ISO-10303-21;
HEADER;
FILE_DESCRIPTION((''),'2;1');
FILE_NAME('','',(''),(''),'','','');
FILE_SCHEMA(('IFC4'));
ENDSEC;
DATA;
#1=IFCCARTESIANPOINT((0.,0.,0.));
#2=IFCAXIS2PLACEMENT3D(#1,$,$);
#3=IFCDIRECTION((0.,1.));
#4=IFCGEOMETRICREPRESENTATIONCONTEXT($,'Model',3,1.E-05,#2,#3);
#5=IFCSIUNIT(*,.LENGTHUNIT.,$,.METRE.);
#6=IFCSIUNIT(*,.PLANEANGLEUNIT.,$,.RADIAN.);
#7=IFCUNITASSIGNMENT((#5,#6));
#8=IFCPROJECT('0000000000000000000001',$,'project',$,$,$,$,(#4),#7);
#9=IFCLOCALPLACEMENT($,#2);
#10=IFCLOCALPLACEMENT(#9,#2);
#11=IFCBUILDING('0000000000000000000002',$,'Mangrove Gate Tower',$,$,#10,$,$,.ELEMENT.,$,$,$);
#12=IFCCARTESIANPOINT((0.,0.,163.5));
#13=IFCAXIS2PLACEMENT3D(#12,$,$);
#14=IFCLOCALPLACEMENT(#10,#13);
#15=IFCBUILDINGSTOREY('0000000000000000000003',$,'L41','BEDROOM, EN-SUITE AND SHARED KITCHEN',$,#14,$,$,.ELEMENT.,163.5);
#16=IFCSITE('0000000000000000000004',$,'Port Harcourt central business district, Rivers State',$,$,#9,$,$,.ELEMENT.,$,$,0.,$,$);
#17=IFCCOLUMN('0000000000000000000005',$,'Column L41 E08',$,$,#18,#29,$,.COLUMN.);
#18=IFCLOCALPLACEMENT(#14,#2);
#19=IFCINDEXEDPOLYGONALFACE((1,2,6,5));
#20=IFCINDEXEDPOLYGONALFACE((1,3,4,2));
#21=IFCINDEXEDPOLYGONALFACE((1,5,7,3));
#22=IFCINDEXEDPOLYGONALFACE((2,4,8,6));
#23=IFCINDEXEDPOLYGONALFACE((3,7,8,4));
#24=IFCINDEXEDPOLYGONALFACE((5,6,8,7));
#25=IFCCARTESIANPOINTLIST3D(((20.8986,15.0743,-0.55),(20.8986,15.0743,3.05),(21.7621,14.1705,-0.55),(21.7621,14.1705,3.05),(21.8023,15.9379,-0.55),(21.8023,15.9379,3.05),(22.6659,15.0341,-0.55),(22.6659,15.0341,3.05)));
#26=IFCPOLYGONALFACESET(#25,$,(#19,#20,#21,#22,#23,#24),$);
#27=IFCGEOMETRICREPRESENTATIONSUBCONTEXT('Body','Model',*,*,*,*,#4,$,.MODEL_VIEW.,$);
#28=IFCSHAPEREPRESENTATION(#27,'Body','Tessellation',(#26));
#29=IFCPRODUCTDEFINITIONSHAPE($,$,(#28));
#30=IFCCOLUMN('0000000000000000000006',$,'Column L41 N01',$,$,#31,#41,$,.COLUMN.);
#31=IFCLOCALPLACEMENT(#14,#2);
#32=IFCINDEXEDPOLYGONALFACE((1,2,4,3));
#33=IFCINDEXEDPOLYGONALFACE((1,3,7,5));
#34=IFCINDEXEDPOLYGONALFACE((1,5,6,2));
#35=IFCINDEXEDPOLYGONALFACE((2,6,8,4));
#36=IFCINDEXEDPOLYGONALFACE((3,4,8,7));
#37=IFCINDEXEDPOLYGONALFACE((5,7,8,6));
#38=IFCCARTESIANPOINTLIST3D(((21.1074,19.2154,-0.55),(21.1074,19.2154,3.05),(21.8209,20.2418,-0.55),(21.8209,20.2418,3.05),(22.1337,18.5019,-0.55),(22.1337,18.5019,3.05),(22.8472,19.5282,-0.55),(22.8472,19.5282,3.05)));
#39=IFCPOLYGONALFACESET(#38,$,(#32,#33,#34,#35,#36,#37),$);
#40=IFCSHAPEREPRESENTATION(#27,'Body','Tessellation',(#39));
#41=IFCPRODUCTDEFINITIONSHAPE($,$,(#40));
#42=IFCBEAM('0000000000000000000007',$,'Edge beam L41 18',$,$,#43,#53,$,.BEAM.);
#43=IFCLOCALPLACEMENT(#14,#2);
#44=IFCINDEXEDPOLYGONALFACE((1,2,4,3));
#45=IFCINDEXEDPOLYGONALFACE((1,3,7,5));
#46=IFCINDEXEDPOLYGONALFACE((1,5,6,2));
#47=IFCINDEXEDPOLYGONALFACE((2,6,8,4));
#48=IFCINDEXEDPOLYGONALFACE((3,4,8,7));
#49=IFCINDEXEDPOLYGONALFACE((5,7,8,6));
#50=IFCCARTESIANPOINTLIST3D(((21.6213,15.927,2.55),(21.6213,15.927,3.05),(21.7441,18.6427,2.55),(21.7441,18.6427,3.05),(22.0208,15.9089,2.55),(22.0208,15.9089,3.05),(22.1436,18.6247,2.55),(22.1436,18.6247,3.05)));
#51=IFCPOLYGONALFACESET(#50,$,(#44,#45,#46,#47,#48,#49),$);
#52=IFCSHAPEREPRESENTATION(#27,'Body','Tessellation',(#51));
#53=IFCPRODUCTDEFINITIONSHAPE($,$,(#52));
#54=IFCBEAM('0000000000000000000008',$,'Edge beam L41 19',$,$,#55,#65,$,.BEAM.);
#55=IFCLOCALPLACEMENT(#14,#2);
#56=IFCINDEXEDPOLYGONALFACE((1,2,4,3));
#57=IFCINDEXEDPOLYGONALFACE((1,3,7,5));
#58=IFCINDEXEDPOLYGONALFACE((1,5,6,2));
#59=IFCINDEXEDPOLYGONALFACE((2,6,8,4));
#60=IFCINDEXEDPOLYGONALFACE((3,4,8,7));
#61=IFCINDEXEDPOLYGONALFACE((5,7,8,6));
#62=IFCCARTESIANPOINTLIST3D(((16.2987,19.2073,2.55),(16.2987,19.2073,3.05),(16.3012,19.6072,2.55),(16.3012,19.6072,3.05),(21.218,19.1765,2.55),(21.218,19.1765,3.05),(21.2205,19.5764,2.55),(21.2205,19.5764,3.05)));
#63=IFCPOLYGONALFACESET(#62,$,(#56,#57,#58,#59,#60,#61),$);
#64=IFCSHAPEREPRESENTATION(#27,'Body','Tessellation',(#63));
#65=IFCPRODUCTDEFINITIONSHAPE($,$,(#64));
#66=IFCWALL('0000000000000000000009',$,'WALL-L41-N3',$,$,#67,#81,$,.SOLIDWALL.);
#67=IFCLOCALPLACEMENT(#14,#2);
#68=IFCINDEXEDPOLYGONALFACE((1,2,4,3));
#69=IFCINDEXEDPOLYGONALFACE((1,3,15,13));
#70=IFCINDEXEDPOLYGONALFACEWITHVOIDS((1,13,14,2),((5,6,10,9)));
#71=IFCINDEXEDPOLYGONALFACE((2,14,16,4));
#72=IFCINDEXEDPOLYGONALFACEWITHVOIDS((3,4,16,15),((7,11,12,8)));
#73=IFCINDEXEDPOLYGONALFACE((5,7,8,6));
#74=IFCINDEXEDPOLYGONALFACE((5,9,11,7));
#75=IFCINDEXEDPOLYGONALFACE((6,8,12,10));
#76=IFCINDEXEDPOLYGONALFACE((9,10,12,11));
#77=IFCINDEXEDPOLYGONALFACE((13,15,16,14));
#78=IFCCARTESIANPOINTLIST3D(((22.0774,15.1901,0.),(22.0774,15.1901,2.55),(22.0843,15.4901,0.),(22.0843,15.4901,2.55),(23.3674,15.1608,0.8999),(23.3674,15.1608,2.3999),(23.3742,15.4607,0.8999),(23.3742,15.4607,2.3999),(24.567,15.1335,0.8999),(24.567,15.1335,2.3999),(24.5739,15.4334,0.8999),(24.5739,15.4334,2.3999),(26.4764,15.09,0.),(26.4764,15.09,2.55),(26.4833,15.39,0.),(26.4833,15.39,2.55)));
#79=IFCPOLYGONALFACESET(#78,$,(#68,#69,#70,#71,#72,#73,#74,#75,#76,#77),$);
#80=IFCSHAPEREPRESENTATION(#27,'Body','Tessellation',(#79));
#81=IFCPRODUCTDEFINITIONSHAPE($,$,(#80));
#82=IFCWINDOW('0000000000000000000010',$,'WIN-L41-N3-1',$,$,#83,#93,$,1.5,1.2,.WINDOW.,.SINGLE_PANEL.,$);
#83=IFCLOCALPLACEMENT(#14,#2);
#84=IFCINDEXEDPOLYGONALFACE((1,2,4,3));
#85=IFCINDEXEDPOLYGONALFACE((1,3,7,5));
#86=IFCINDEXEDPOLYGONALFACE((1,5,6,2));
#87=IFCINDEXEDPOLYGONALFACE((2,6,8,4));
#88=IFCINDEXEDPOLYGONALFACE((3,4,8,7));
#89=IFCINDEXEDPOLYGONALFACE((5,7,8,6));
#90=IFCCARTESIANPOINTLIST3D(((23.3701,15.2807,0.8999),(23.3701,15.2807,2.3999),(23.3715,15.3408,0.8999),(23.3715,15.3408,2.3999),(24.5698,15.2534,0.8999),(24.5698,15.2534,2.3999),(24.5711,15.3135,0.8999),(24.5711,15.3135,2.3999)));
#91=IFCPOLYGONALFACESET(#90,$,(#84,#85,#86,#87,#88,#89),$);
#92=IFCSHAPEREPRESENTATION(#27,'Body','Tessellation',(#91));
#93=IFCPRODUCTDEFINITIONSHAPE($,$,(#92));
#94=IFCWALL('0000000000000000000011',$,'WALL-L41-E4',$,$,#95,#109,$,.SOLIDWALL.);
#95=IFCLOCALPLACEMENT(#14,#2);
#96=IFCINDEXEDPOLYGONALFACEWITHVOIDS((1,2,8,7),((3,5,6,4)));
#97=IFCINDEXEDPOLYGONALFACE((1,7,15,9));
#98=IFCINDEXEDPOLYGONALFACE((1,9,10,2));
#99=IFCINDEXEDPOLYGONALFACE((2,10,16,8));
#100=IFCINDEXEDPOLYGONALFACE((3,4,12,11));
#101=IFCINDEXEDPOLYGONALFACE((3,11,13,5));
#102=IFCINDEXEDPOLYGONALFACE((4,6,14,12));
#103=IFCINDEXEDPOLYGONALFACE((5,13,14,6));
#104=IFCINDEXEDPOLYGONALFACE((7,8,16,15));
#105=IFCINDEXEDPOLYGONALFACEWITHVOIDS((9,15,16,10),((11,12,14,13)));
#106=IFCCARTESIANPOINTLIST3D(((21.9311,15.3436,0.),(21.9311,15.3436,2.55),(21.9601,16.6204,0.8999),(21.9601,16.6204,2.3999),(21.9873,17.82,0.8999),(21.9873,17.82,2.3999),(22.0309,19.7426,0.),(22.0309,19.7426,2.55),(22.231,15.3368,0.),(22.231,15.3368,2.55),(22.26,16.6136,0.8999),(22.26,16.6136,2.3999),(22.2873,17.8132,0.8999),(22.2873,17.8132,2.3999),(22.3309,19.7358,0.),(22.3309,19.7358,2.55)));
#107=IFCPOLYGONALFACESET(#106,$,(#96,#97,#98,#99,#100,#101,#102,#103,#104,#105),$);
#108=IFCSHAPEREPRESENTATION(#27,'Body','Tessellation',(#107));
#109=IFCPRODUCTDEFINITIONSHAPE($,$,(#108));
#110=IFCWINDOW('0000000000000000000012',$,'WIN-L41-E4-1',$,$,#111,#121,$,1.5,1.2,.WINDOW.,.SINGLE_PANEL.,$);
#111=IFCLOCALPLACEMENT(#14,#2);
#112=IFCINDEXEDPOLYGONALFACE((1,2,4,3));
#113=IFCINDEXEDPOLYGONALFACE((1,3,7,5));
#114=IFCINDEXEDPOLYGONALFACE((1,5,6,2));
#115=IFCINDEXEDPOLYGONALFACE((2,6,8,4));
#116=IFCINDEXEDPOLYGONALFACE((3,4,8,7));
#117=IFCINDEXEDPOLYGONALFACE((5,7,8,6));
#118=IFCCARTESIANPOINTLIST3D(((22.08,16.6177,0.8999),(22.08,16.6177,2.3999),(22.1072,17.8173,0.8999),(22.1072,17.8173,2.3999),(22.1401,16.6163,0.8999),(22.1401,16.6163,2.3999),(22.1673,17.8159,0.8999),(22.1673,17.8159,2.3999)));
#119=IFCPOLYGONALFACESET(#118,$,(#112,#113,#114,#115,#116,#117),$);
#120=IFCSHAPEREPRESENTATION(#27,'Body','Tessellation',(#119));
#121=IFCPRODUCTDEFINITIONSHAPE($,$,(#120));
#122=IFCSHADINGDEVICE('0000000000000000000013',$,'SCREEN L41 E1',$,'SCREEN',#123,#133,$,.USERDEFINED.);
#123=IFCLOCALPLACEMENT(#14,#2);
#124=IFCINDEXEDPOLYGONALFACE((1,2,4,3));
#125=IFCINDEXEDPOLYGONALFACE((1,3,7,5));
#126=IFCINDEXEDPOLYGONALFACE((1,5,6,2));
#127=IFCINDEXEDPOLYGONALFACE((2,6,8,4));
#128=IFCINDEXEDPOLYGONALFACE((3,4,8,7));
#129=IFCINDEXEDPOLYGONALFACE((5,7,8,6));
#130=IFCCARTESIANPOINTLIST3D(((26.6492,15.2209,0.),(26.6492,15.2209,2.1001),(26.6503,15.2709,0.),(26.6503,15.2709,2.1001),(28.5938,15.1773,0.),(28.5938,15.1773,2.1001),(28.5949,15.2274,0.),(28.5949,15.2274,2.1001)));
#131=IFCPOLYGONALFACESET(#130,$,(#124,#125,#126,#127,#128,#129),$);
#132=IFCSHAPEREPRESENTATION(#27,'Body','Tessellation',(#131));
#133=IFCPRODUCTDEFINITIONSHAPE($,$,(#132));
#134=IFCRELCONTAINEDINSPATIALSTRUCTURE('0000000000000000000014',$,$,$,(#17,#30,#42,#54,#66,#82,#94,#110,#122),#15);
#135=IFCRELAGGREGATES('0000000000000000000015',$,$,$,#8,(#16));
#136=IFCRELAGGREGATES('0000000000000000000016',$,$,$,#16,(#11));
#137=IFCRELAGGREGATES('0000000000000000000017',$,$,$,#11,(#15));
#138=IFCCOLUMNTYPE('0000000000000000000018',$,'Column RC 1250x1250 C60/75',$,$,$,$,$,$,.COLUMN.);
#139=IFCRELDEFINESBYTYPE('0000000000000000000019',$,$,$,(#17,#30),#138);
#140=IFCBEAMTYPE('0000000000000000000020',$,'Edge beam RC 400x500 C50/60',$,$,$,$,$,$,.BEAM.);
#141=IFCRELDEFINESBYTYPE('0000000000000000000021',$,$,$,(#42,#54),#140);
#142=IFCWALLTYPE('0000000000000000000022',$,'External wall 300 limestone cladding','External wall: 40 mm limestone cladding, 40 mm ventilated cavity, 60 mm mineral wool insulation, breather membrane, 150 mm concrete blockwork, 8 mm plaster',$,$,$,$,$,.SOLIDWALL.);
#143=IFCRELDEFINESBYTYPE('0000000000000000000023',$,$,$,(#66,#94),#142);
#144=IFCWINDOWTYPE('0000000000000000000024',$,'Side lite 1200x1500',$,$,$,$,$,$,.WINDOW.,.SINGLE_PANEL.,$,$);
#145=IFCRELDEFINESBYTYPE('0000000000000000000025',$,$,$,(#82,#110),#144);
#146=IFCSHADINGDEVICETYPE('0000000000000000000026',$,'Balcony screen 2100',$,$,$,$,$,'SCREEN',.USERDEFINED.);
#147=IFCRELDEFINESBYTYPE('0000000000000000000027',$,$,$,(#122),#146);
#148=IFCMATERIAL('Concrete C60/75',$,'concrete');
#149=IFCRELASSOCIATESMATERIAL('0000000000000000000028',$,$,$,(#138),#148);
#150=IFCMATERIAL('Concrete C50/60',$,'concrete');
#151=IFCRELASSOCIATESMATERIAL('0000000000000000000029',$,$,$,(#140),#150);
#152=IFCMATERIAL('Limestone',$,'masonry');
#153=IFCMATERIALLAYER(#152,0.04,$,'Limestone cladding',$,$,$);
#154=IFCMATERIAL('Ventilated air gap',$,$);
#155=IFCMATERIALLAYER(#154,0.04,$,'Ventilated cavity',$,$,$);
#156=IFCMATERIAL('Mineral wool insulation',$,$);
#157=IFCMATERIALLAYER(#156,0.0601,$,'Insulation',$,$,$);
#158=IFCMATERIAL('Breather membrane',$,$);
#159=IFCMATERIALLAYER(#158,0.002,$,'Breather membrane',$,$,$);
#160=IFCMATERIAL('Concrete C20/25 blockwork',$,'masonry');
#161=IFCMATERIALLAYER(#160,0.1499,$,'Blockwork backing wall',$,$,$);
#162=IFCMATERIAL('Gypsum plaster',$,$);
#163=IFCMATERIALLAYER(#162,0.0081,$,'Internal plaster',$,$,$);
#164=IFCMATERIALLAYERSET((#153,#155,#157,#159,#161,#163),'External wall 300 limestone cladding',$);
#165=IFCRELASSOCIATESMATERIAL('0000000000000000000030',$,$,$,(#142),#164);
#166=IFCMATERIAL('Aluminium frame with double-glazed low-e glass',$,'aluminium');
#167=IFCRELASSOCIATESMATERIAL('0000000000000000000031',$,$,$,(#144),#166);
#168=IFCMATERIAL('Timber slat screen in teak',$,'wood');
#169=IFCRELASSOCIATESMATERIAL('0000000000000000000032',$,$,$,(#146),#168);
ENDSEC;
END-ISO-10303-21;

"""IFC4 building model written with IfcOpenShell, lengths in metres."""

from ifc_helpers import new_model, si_unit, direction, frame, frame_2d, origin, origin_2d, place, context, subcontext, project, spatial, rectangle, extrude, material, layer, layer_set, material_profile, profile_set, type_object, element, fill, save


model = new_model("IFC4")

# Units and contexts
model_context = context("Model", 3, precision=1e-05, world=origin(), true_north=direction((0.0, 1.0)))
body_context = subcontext(model_context, "Body", "Model", "MODEL_VIEW")
ifc_project = project(units=[si_unit("LENGTHUNIT", "METRE"), si_unit("PLANEANGLEUNIT", "RADIAN")], contexts=[model_context])

# Site, building, storey
site_placement = place(None, origin())
site = spatial("IfcSite", under=ifc_project, at=site_placement, Name="Port Harcourt central business district, Rivers State", CompositionType="ELEMENT", RefElevation=0.0)
building_placement = place(site_placement, origin())
building = spatial("IfcBuilding", under=site, at=building_placement, Name="Mangrove Gate Tower", CompositionType="ELEMENT")
storey_placement = place(building_placement, frame((0.0, 0.0, 163.5)))
storey = spatial("IfcBuildingStorey", under=building, at=storey_placement, Name="L41", Description="BEDROOM, EN-SUITE AND SHARED KITCHEN", CompositionType="ELEMENT", Elevation=163.5)

# Columns
ifc_material_1 = material(Name="Concrete C60/75", Category="concrete")
ifc_material_profile_1 = material_profile(ifc_material_1, rectangle(XDim=1.25, YDim=1.25, at=origin_2d()))
ifc_profile_set_1 = profile_set([ifc_material_profile_1], Name="Concrete C60/75")
column_type = type_object("IfcColumnType", Name="Column RC 1250x1250 C60/75", PredefinedType="COLUMN", material=ifc_profile_set_1)
for number, where, z_axis, x_axis, name in (
    (1, (21.7822, 15.0542, -0.55), (0.0, 0.0, 1.0), (-0.690854, 0.722994, 0.0), "Column L41 E08"),
    (2, (21.9773, 19.3718, -0.55), (0.0, 0.0, 1.0), (-0.821084, 0.570807, 0.0), "Column L41 N01"),
):
    element("IfcColumn", number, at=place(storey_placement, frame(where, z_axis=z_axis, x_axis=x_axis)), inside=storey, type_object=column_type, Name=name, PredefinedType="COLUMN", context=body_context, shape_type="SweptSolid", body=[
        extrude(rectangle(XDim=1.25, YDim=1.25, at=origin_2d()), origin(), (0.0, 0.0, 1.0), 3.6001),
    ])

# Beams
ifc_material_2 = material(Name="Concrete C50/60", Category="concrete")
ifc_material_profile_2 = material_profile(ifc_material_2, rectangle(XDim=0.3999, YDim=0.5, at=origin_2d()))
ifc_profile_set_2 = profile_set([ifc_material_profile_2], Name="Concrete C50/60")
beam_type = type_object("IfcBeamType", Name="Edge beam RC 400x500 C50/60", PredefinedType="BEAM", material=ifc_profile_set_2)
beam_1_placement = place(storey_placement, frame((21.821, 15.918, 2.8), z_axis=(0.045171, 0.998979, 0.0), x_axis=(-0.998979, 0.045171, 0.0)))
element("IfcBeam", 3, at=beam_1_placement, inside=storey, type_object=beam_type, Name="Edge beam L41 18", PredefinedType="BEAM", context=body_context, shape_type="SweptSolid", body=[
    extrude(rectangle(XDim=0.3999, YDim=0.5, at=origin_2d()), origin(), (0.0, 0.0, 1.0), 2.7185),
])
beam_2_placement = place(storey_placement, frame((21.2192, 19.3765, 2.8), z_axis=(-0.99998, 0.006253, 0.0), x_axis=(-0.006253, -0.99998, 0.0)))
element("IfcBeam", 4, at=beam_2_placement, inside=storey, type_object=beam_type, Name="Edge beam L41 19", PredefinedType="BEAM", context=body_context, shape_type="SweptSolid", body=[
    extrude(rectangle(XDim=0.3999, YDim=0.5, at=origin_2d()), origin(), (0.0, 0.0, 1.0), 4.9194),
])

# Walls, openings, windows
ifc_material_3 = material(Name="Limestone", Category="masonry")
ifc_layer_1 = layer(ifc_material_3, 0.04, Name="Limestone cladding")
ifc_material_4 = material(Name="Ventilated air gap")
ifc_layer_2 = layer(ifc_material_4, 0.04, Name="Ventilated cavity")
ifc_material_5 = material(Name="Mineral wool insulation")
ifc_layer_3 = layer(ifc_material_5, 0.0601, Name="Insulation")
ifc_material_6 = material(Name="Breather membrane")
ifc_layer_4 = layer(ifc_material_6, 0.002, Name="Breather membrane")
ifc_material_7 = material(Name="Concrete C20/25 blockwork", Category="masonry")
ifc_layer_5 = layer(ifc_material_7, 0.1499, Name="Blockwork backing wall")
ifc_material_8 = material(Name="Gypsum plaster")
ifc_layer_6 = layer(ifc_material_8, 0.0081, Name="Internal plaster")
ifc_layer_set = layer_set([ifc_layer_1, ifc_layer_2, ifc_layer_3, ifc_layer_4, ifc_layer_5, ifc_layer_6], Name="External wall 300 limestone cladding")
wall_type = type_object("IfcWallType", Name="External wall 300 limestone cladding", Description="External wall: 40 mm limestone cladding, 40 mm ventilated cavity, 60 mm mineral wool insulation, breather membrane, 150 mm concrete blockwork, 8 mm plaster", PredefinedType="SOLIDWALL", material=ifc_layer_set)
wall_1_placement = place(storey_placement, frame((26.48, 15.24, 0.0), z_axis=(0.0, 0.0, 1.0), x_axis=(-0.999741, 0.022749, 0.0)))
wall_1 = element("IfcWall", 5, at=wall_1_placement, inside=storey, type_object=wall_type, Name="WALL-L41-N3", PredefinedType="SOLIDWALL", context=body_context, shape_type="SweptSolid", body=[
    extrude(rectangle(XDim=4.4001, YDim=0.3, at=frame_2d((2.2002, 0.0))), origin(), (0.0, 0.0, 1.0), 2.55),
])
opening_1_placement = place(wall_1_placement, frame((1.9099, 0.0, 0.8999)))
opening_1 = element("IfcOpeningElement", 6, at=opening_1_placement, cuts=wall_1, PredefinedType="OPENING", context=body_context, shape_type="SweptSolid", body=[
    extrude(rectangle(XDim=1.2, YDim=1.5, at=frame_2d((0.6001, 0.75))), frame((0.0, 0.1599, 0.0), z_axis=(0.0, -1.0, 0.0), x_axis=(1.0, 0.0, 0.0)), (0.0, 0.0, 1.0), 0.3201),
])
ifc_material_9 = material(Name="Aluminium frame with double-glazed low-e glass", Category="aluminium")
window_type_1 = type_object("IfcWindowType", Name="Side lite 1200x1500", PartitioningType="SINGLE_PANEL", PredefinedType="WINDOW", material=ifc_material_9)
window_1_placement = place(opening_1_placement, origin())
window_1 = element("IfcWindow", 7, at=window_1_placement, inside=storey, type_object=window_type_1, Name="WIN-L41-N3-1", OverallHeight=1.5, OverallWidth=1.2, PartitioningType="SINGLE_PANEL", PredefinedType="WINDOW", context=body_context, shape_type="SweptSolid", body=[
    extrude(rectangle(XDim=1.2, YDim=1.5, at=frame_2d((0.6001, 0.75))), frame((0.0, 0.03, 0.0), z_axis=(0.0, -1.0, 0.0), x_axis=(1.0, 0.0, 0.0)), (0.0, 0.0, 1.0), 0.0601),
])
fill(opening_1, window_1)
wall_2_placement = place(storey_placement, frame((22.0811, 15.3401, 0.0), z_axis=(0.0, 0.0, 1.0), x_axis=(0.022694, 0.999742, 0.0)))
wall_2 = element("IfcWall", 8, at=wall_2_placement, inside=storey, type_object=wall_type, Name="WALL-L41-E4", PredefinedType="SOLIDWALL", context=body_context, shape_type="SweptSolid", body=[
    extrude(rectangle(XDim=4.4001, YDim=0.3, at=frame_2d((2.2002, 0.0))), origin(), (0.0, 0.0, 1.0), 2.55),
])
opening_2_placement = place(wall_2_placement, frame((1.2771, 0.0, 0.8999)))
opening_2 = element("IfcOpeningElement", 9, at=opening_2_placement, cuts=wall_2, PredefinedType="OPENING", context=body_context, shape_type="SweptSolid", body=[
    extrude(rectangle(XDim=1.2, YDim=1.5, at=frame_2d((0.6001, 0.75))), frame((0.0, 0.1599, 0.0), z_axis=(0.0, -1.0, 0.0), x_axis=(1.0, 0.0, 0.0)), (0.0, 0.0, 1.0), 0.3201),
])
window_2_placement = place(opening_2_placement, origin())
window_2 = element("IfcWindow", 10, at=window_2_placement, inside=storey, type_object=window_type_1, Name="WIN-L41-E4-1", OverallHeight=1.5, OverallWidth=1.2, PartitioningType="SINGLE_PANEL", PredefinedType="WINDOW", context=body_context, shape_type="SweptSolid", body=[
    extrude(rectangle(XDim=1.2, YDim=1.5, at=frame_2d((0.6001, 0.75))), frame((0.0, 0.03, 0.0), z_axis=(0.0, -1.0, 0.0), x_axis=(1.0, 0.0, 0.0)), (0.0, 0.0, 1.0), 0.0601),
])
fill(opening_2, window_2)

# Shading device
ifc_material_10 = material(Name="Timber slat screen in teak", Category="wood")
shading_device_type = type_object("IfcShadingDeviceType", Name="Balcony screen 2100", ElementType="SCREEN", PredefinedType="USERDEFINED", material=ifc_material_10)
shading_device_placement = place(storey_placement, frame((27.6221, 15.2241, 0.0), z_axis=(0.0, 0.0, 1.0), x_axis=(0.999749, -0.022391, 0.0)))
element("IfcShadingDevice", 11, at=shading_device_placement, inside=storey, type_object=shading_device_type, Name="SCREEN L41 E1", ObjectType="SCREEN", PredefinedType="USERDEFINED", context=body_context, shape_type="SweptSolid", body=[
    extrude(rectangle(XDim=1.9451, YDim=0.05, at=origin_2d()), origin(), (0.0, 0.0, 1.0), 2.1001),
])

save(model, "model.ifc")
